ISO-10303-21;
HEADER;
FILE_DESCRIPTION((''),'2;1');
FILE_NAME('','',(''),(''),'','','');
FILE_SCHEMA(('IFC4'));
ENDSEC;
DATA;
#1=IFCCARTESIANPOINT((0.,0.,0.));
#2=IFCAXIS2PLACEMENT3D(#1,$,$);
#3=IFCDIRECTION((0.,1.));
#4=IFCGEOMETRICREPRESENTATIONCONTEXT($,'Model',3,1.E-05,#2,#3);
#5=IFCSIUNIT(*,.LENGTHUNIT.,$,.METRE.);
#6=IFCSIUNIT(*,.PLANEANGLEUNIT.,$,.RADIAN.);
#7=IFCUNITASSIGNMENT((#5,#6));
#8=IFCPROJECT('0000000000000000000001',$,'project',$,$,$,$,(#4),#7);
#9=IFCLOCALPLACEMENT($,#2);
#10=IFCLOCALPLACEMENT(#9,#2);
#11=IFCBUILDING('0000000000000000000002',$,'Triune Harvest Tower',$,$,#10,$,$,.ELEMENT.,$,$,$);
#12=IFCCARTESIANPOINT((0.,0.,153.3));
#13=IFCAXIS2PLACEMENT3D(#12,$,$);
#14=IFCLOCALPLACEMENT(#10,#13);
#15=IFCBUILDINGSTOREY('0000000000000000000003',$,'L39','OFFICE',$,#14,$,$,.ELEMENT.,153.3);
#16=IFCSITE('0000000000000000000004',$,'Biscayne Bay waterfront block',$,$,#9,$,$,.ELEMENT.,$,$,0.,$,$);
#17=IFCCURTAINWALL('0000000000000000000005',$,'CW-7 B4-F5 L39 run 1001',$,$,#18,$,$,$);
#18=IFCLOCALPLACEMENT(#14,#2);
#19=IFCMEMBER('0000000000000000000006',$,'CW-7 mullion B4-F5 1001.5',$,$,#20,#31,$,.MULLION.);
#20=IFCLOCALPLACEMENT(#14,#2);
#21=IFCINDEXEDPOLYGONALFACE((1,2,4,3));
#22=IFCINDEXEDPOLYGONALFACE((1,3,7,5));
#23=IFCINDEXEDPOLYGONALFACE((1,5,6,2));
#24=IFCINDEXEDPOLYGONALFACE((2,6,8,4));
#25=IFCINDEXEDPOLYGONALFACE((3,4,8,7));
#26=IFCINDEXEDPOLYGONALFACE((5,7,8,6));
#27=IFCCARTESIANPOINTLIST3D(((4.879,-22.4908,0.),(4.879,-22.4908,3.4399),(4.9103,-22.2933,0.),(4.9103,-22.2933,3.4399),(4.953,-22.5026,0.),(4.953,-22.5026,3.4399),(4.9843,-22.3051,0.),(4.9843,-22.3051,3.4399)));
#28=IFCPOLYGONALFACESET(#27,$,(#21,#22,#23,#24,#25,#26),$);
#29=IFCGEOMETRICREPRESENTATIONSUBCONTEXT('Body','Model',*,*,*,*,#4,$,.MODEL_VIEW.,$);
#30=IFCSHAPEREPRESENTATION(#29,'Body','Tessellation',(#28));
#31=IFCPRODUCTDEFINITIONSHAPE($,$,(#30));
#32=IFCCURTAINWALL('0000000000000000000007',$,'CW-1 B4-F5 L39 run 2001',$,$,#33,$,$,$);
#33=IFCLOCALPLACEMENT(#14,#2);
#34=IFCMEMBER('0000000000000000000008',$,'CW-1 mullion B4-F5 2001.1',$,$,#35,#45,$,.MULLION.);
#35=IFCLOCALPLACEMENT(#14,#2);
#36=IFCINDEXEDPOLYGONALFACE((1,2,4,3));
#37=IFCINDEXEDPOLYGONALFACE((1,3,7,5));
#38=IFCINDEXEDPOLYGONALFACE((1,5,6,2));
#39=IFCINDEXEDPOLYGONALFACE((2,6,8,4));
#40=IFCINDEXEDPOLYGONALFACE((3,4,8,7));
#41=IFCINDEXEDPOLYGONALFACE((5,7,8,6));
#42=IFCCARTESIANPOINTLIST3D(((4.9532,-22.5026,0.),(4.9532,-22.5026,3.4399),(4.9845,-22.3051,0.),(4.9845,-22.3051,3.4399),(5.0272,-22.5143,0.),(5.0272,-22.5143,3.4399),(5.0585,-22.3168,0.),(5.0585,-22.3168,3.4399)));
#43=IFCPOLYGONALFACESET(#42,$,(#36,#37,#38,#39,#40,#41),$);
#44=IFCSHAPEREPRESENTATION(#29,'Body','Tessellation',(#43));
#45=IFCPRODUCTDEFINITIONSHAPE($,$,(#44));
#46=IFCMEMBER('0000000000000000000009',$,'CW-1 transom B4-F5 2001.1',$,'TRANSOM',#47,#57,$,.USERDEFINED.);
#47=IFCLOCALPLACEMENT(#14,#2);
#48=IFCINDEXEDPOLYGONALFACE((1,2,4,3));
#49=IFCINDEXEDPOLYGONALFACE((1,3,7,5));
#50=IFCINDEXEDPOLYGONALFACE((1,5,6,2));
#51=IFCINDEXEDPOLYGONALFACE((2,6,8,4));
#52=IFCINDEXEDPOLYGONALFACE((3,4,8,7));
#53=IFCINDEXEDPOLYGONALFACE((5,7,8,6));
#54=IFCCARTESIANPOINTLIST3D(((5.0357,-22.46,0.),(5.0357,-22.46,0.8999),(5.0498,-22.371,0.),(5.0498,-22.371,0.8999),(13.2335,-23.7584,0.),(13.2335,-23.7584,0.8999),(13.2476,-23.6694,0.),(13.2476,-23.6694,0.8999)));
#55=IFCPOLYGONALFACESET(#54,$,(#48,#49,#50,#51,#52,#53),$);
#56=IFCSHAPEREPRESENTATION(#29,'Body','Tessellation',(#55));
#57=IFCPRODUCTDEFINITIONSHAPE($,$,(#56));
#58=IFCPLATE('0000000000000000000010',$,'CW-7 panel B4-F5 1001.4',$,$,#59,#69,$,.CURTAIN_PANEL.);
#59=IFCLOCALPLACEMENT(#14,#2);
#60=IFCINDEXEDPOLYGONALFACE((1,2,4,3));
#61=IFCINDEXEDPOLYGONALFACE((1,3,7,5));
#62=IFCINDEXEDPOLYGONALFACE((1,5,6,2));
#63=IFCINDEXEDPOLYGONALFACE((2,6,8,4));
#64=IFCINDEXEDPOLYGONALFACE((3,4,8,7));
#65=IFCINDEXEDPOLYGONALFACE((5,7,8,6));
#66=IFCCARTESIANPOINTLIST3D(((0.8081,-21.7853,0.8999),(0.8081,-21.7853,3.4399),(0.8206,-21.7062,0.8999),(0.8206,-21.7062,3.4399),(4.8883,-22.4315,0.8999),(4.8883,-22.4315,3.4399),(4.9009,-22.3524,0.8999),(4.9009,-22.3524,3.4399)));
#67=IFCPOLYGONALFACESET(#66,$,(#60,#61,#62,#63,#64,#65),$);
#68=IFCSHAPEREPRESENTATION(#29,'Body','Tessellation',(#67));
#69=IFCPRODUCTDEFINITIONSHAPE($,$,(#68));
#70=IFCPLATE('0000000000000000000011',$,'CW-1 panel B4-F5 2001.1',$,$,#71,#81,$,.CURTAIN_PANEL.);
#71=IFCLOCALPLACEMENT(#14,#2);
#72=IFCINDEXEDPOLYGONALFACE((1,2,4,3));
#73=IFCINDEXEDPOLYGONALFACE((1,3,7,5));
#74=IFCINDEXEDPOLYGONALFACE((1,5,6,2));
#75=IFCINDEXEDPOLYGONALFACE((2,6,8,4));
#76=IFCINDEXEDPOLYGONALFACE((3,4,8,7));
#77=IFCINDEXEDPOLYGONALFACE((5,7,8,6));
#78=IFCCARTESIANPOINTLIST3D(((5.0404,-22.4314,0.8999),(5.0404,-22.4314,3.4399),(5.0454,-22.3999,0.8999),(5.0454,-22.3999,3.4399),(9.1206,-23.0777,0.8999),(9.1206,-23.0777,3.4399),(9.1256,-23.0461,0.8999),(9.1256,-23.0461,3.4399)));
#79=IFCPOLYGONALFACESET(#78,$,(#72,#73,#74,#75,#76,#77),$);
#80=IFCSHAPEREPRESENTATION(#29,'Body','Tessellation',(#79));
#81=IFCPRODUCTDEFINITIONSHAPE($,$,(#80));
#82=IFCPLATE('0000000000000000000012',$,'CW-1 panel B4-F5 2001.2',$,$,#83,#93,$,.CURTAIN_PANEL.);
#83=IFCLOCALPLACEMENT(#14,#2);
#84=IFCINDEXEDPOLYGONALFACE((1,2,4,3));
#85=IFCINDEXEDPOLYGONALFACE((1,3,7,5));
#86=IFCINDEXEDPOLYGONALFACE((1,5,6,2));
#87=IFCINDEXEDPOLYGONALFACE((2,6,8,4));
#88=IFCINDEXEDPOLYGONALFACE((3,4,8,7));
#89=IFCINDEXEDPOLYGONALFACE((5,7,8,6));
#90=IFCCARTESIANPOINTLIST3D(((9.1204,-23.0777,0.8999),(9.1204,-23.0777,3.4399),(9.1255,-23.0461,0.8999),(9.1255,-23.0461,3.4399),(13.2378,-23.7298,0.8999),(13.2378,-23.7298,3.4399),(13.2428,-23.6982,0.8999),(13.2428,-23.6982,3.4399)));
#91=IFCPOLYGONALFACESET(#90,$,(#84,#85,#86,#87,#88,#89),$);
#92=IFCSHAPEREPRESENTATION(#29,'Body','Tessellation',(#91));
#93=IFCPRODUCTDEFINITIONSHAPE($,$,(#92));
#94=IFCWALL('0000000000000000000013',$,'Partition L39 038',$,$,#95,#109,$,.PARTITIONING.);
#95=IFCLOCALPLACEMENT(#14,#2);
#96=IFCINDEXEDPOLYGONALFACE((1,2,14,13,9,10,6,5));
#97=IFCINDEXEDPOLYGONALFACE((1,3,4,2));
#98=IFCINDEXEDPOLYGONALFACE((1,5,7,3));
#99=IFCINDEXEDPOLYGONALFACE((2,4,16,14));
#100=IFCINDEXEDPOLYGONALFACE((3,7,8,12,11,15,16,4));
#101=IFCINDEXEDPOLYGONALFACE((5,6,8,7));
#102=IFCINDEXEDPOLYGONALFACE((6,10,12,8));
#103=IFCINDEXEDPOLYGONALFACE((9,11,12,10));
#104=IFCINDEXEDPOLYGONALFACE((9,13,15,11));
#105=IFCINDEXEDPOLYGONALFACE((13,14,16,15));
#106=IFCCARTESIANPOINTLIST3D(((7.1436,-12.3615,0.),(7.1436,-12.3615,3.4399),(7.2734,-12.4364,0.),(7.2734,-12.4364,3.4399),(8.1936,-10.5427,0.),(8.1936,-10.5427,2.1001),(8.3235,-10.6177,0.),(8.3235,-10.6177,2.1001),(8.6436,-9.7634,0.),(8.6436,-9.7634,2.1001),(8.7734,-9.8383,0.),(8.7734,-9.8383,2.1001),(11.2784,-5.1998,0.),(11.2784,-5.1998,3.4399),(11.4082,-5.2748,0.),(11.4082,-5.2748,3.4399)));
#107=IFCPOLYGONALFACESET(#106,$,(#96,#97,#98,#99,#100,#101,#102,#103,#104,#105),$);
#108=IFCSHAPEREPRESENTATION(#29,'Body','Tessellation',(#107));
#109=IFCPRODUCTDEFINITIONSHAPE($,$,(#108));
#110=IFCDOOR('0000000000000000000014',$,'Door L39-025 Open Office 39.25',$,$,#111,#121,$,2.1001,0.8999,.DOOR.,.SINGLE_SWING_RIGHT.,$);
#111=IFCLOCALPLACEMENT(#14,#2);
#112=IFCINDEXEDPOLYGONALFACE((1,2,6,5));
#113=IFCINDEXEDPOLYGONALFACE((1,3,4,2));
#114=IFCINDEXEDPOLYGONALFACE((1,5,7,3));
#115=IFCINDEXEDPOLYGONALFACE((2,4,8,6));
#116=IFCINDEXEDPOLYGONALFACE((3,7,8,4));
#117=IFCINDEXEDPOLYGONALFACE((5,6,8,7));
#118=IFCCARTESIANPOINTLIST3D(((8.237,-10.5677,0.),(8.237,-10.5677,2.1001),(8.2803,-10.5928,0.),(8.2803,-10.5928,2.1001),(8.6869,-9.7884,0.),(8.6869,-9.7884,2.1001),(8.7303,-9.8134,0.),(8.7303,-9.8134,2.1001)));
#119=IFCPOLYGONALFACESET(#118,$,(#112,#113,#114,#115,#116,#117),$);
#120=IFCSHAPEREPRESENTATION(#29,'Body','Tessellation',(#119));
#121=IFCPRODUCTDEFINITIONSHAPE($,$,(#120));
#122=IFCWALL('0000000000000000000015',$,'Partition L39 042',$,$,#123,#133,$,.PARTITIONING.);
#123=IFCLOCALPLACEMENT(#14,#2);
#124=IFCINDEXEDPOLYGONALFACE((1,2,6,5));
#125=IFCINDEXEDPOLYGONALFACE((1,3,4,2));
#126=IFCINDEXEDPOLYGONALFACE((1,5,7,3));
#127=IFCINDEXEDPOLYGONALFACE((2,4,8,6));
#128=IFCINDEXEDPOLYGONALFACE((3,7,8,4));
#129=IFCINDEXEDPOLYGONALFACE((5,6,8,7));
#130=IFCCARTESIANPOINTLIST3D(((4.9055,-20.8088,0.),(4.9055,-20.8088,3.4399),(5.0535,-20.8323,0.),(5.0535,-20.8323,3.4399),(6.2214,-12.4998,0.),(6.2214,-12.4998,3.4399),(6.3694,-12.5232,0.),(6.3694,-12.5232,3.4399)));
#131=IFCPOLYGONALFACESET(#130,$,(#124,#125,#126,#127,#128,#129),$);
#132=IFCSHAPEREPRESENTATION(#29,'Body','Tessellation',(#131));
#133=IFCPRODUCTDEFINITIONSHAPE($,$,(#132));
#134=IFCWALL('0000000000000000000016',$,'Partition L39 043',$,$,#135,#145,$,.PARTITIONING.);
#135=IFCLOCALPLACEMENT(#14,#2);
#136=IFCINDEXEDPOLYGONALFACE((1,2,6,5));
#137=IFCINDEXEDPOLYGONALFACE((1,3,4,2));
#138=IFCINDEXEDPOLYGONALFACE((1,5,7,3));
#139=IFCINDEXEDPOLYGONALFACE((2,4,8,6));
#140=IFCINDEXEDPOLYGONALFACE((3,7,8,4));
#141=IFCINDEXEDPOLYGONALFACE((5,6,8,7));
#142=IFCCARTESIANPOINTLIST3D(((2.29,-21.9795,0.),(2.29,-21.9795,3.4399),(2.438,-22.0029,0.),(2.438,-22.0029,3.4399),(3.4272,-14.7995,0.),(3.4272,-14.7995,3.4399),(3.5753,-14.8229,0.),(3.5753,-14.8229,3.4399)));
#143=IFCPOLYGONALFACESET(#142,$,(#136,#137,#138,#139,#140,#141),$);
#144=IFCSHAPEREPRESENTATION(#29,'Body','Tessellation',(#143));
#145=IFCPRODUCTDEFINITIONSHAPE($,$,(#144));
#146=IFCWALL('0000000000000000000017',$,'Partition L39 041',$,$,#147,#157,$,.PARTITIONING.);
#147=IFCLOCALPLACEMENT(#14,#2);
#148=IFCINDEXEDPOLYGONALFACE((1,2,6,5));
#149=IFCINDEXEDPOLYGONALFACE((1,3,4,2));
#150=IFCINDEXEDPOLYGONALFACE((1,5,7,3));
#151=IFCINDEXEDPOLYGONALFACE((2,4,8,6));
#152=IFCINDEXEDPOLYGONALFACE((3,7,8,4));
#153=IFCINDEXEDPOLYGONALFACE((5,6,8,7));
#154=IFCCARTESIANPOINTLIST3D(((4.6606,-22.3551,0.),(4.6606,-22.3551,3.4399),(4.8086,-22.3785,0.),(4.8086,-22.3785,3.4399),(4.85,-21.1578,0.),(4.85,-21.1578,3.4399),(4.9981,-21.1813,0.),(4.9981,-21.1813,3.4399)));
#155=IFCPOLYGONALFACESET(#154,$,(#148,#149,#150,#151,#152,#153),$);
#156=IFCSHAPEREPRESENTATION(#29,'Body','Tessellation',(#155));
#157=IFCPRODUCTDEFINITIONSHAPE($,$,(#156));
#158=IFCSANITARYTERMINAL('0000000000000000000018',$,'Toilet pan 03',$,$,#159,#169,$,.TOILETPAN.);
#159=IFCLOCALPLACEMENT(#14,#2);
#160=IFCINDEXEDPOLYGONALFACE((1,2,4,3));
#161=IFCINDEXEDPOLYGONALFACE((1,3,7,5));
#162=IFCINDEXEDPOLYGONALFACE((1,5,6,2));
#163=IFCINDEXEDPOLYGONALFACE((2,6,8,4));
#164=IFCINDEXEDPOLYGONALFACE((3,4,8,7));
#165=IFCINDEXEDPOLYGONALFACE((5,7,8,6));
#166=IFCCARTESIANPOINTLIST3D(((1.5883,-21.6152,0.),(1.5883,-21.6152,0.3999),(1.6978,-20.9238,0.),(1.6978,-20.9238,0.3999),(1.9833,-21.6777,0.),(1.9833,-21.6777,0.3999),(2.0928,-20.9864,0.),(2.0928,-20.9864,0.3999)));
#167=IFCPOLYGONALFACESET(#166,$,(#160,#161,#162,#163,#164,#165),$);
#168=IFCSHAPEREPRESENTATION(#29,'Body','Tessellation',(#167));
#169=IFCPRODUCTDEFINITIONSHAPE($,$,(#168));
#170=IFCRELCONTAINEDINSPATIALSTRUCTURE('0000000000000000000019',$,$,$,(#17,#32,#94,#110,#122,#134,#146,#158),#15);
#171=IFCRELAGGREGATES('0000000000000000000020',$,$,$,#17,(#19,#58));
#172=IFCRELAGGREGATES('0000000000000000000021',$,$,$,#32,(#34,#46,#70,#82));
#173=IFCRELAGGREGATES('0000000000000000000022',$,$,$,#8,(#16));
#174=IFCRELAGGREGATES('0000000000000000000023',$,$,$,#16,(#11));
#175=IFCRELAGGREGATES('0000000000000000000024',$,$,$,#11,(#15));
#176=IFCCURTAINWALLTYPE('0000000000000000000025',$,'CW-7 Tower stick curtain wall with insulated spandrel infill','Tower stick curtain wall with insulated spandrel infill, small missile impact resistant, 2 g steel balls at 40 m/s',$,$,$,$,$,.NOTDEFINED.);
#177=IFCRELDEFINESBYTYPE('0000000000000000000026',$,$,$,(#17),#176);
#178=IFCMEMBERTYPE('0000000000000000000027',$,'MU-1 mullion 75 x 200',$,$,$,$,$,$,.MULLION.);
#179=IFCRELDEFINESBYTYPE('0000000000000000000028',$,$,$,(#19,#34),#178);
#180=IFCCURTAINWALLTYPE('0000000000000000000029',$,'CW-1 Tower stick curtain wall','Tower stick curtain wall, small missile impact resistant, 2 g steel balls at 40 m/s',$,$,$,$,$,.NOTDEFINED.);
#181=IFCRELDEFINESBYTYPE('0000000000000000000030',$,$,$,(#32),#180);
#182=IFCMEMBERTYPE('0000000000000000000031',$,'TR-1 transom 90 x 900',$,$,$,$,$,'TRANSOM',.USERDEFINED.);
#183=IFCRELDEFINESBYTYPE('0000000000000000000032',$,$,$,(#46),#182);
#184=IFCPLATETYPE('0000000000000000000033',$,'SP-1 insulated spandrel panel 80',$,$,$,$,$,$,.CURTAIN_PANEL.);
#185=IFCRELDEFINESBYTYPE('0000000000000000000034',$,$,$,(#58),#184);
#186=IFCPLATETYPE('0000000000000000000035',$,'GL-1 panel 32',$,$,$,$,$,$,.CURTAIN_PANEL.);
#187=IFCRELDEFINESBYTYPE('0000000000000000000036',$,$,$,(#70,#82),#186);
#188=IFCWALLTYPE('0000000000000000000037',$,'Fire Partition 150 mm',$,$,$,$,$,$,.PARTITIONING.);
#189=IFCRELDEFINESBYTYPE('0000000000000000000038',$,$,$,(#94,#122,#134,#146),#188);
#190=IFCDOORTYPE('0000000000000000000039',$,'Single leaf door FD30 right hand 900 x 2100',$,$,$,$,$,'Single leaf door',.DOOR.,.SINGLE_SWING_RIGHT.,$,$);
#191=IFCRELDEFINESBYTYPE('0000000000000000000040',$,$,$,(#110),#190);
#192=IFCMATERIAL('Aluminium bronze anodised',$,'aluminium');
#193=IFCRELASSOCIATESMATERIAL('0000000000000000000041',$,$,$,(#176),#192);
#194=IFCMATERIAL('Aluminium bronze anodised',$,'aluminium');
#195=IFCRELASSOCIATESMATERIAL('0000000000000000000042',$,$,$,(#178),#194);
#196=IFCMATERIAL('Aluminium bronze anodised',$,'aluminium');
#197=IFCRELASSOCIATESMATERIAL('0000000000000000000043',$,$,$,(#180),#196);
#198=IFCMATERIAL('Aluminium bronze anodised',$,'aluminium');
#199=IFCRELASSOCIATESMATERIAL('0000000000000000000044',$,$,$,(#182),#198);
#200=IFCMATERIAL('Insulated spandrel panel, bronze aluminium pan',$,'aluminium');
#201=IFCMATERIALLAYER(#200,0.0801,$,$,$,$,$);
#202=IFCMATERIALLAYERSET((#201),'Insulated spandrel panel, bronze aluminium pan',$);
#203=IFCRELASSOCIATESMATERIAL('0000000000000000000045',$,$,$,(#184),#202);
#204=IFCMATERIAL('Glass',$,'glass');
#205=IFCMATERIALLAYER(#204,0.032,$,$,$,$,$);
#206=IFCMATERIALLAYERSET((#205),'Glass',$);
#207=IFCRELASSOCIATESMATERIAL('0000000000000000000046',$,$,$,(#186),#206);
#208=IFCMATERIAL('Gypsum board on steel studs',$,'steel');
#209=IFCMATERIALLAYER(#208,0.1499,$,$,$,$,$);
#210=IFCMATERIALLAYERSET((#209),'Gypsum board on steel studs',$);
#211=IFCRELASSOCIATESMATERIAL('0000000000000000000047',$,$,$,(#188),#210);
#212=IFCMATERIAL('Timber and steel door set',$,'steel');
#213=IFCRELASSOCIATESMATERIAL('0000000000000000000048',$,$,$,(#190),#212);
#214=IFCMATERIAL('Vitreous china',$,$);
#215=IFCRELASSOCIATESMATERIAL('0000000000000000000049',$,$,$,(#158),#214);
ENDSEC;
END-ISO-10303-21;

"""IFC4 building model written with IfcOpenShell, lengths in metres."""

from ifc_helpers import new_model, si_unit, direction, frame, frame_2d, origin, origin_2d, place, context, subcontext, project, spatial, rectangle, extrude, source, transform, mapped, material, layer, layer_set, material_profile, profile_set, type_object, element, fill, aggregate, save


model = new_model("IFC4")

# Units and contexts
model_context = context("Model", 3, precision=1e-05, world=origin(), true_north=direction((0.0, 1.0)))
body_context = subcontext(model_context, "Body", "Model", "MODEL_VIEW")
ifc_project = project(units=[si_unit("LENGTHUNIT", "METRE"), si_unit("PLANEANGLEUNIT", "RADIAN")], contexts=[model_context])

# Site, building, storey
site_placement = place(None, origin())
site = spatial("IfcSite", under=ifc_project, at=site_placement, Name="Biscayne Bay waterfront block", CompositionType="ELEMENT", RefElevation=0.0)
building_placement = place(site_placement, origin())
building = spatial("IfcBuilding", under=site, at=building_placement, Name="Triune Harvest Tower", CompositionType="ELEMENT")
storey_placement = place(building_placement, frame((0.0, 0.0, 153.3)))
storey = spatial("IfcBuildingStorey", under=building, at=storey_placement, Name="L39", Description="OFFICE", CompositionType="ELEMENT", Elevation=153.3)

# Curtain wall, member
ifc_material_1 = material(Name="Aluminium bronze anodised", Category="aluminium")
curtain_wall_type_1 = type_object("IfcCurtainWallType", Name="CW-7 Tower stick curtain wall with insulated spandrel infill", Description="Tower stick curtain wall with insulated spandrel infill, small missile impact resistant, 2 g steel balls at 40 m/s", PredefinedType="NOTDEFINED", material=ifc_material_1)
curtain_wall_1_placement = place(storey_placement, origin())
curtain_wall_1 = element("IfcCurtainWall", 1, at=curtain_wall_1_placement, inside=storey, type_object=curtain_wall_type_1, Name="CW-7 B4-F5 L39 run 1001")
ifc_material_2 = material(Name="Aluminium bronze anodised", Category="aluminium")
ifc_material_profile_1 = material_profile(ifc_material_2, rectangle(XDim=0.2, YDim=0.075, at=origin_2d()), Name="MU-1 mullion 75 x 200")
ifc_profile_set_1 = profile_set([ifc_material_profile_1], Name="Aluminium bronze anodised")
member_type_1 = type_object("IfcMemberType", Name="MU-1 mullion 75 x 200", PredefinedType="MULLION", material=ifc_profile_set_1)
shared_shape_1 = source(origin(), body_context, "Body", "SweptSolid", [
    extrude(rectangle(XDim=0.2, YDim=0.075, at=origin_2d()), origin(), (0.0, 0.0, 1.0), 3.4399),
])
member_1_placement = place(storey_placement, frame((4.9316, -22.3979, 0.0), z_axis=(0.0, 0.0, 1.0), x_axis=(0.156438, 0.987688, 0.0)))
member_1 = element("IfcMember", 2, at=member_1_placement, type_object=member_type_1, Name="CW-7 mullion B4-F5 1001.5", PredefinedType="MULLION", context=body_context, shape_type="MappedRepresentation", body=[
    mapped(shared_shape_1, transform((0.0, 0.0, 0.0), scale=1.0)),
])

# Curtain wall, members
ifc_material_3 = material(Name="Aluminium bronze anodised", Category="aluminium")
curtain_wall_type_2 = type_object("IfcCurtainWallType", Name="CW-1 Tower stick curtain wall", Description="Tower stick curtain wall, small missile impact resistant, 2 g steel balls at 40 m/s", PredefinedType="NOTDEFINED", material=ifc_material_3)
curtain_wall_2_placement = place(storey_placement, origin())
curtain_wall_2 = element("IfcCurtainWall", 3, at=curtain_wall_2_placement, inside=storey, type_object=curtain_wall_type_2, Name="CW-1 B4-F5 L39 run 2001")
member_2_placement = place(storey_placement, frame((5.0059, -22.4097, 0.0), z_axis=(0.0, 0.0, 1.0), x_axis=(0.156433, 0.987689, 0.0)))
member_2 = element("IfcMember", 4, at=member_2_placement, type_object=member_type_1, Name="CW-1 mullion B4-F5 2001.1", PredefinedType="MULLION", context=body_context, shape_type="MappedRepresentation", body=[
    mapped(shared_shape_1, transform((0.0, 0.0, 0.0), scale=1.0)),
])
ifc_material_4 = material(Name="Aluminium bronze anodised", Category="aluminium")
ifc_material_profile_2 = material_profile(ifc_material_4, rectangle(XDim=0.0901, YDim=0.8999, at=origin_2d()), Name="TR-1 transom 90 x 900")
ifc_profile_set_2 = profile_set([ifc_material_profile_2], Name="Aluminium bronze anodised")
member_type_2 = type_object("IfcMemberType", Name="TR-1 transom 90 x 900", ElementType="TRANSOM", PredefinedType="USERDEFINED", material=ifc_profile_set_2)
shared_shape_2 = source(origin(), body_context, "Body", "SweptSolid", [
    extrude(rectangle(XDim=0.0901, YDim=0.8999, at=origin_2d()), origin(), (0.0, 0.0, 1.0), 8.3),
])
member_3_placement = place(storey_placement, frame((5.0427, -22.4155, 0.45), z_axis=(0.987689, -0.156428, 0.0), x_axis=(0.156428, 0.987689, 0.0)))
member_3 = element("IfcMember", 5, at=member_3_placement, type_object=member_type_2, Name="CW-1 transom B4-F5 2001.1", ObjectType="TRANSOM", PredefinedType="USERDEFINED", context=body_context, shape_type="MappedRepresentation", body=[
    mapped(shared_shape_2, transform((0.0, 0.0, 0.0), scale=1.0)),
])

# Plates
ifc_material_5 = material(Name="Insulated spandrel panel, bronze aluminium pan", Category="aluminium")
ifc_layer_1 = layer(ifc_material_5, 0.0801)
ifc_layer_set_1 = layer_set([ifc_layer_1], Name="Insulated spandrel panel, bronze aluminium pan")
plate_type_1 = type_object("IfcPlateType", Name="SP-1 insulated spandrel panel 80", PredefinedType="CURTAIN_PANEL", material=ifc_layer_set_1)
shared_shape_3 = source(origin(), body_context, "Body", "SweptSolid", [
    extrude(rectangle(XDim=4.1311, YDim=0.0801, at=origin_2d()), origin(), (0.0, 0.0, 1.0), 2.54),
])
plate_1_placement = place(storey_placement, frame((2.8545, -22.0688, 0.8999), z_axis=(0.0, 0.0, 1.0), x_axis=(0.987688, -0.156438, 0.0)))
plate_1 = element("IfcPlate", 6, at=plate_1_placement, type_object=plate_type_1, Name="CW-7 panel B4-F5 1001.4", PredefinedType="CURTAIN_PANEL", context=body_context, shape_type="MappedRepresentation", body=[
    mapped(shared_shape_3, transform((0.0, 0.0, 0.0), scale=1.0)),
])
aggregate(curtain_wall_1, [member_1, plate_1])
ifc_material_6 = material(Name="Glass", Category="glass")
ifc_layer_2 = layer(ifc_material_6, 0.032)
ifc_layer_set_2 = layer_set([ifc_layer_2], Name="Glass")
plate_type_2 = type_object("IfcPlateType", Name="GL-1 panel 32", PredefinedType="CURTAIN_PANEL", material=ifc_layer_set_2)
shared_shape_4 = source(origin(), body_context, "Body", "SweptSolid", [
    extrude(rectangle(XDim=4.1311, YDim=0.032, at=origin_2d()), origin(), (0.0, 0.0, 1.0), 2.54),
])
plate_2_placement = place(storey_placement, frame((7.083, -22.7388, 0.8999), z_axis=(0.0, 0.0, 1.0), x_axis=(0.987689, -0.156433, 0.0)))
plate_2 = element("IfcPlate", 7, at=plate_2_placement, type_object=plate_type_2, Name="CW-1 panel B4-F5 2001.1", PredefinedType="CURTAIN_PANEL", context=body_context, shape_type="MappedRepresentation", body=[
    mapped(shared_shape_4, transform((0.0, 0.0, 0.0), scale=1.0)),
])
shared_shape_5 = source(origin(), body_context, "Body", "SweptSolid", [
    extrude(rectangle(XDim=4.1687, YDim=0.032, at=origin_2d()), origin(), (0.0, 0.0, 1.0), 2.54),
])
plate_3_placement = place(storey_placement, frame((11.1816, -23.3879, 0.8999), z_axis=(0.0, 0.0, 1.0), x_axis=(0.987689, -0.156433, 0.0)))
plate_3 = element("IfcPlate", 8, at=plate_3_placement, type_object=plate_type_2, Name="CW-1 panel B4-F5 2001.2", PredefinedType="CURTAIN_PANEL", context=body_context, shape_type="MappedRepresentation", body=[
    mapped(shared_shape_5, transform((0.0, 0.0, 0.0), scale=1.0)),
])
aggregate(curtain_wall_2, [member_2, member_3, plate_2, plate_3])

# Wall, opening, door
ifc_material_7 = material(Name="Gypsum board on steel studs", Category="steel")
ifc_layer_3 = layer(ifc_material_7, 0.1499)
ifc_layer_set_3 = layer_set([ifc_layer_3], Name="Gypsum board on steel studs")
wall_type = type_object("IfcWallType", Name="Fire Partition 150 mm", PredefinedType="PARTITIONING", material=ifc_layer_set_3)
wall_1_placement = place(storey_placement, frame((7.2085, -12.3989, 0.0), z_axis=(0.0, 0.0, 1.0), x_axis=(0.5, 0.866025, 0.0)))
wall_1 = element("IfcWall", 9, at=wall_1_placement, inside=storey, type_object=wall_type, Name="Partition L39 038", PredefinedType="PARTITIONING", context=body_context, shape_type="SweptSolid", body=[
    extrude(rectangle(XDim=8.2695, YDim=0.1499, at=frame_2d((4.1348, 0.0))), origin(), (0.0, 0.0, 1.0), 3.4399),
])
opening_placement = place(wall_1_placement, frame((2.1001, 0.0, 0.0)))
opening = element("IfcOpeningElement", 10, at=opening_placement, cuts=wall_1, PredefinedType="OPENING", context=body_context, shape_type="SweptSolid", body=[
    extrude(rectangle(XDim=0.8999, YDim=2.1001, at=frame_2d((0.45, 1.05))), frame((0.0, 0.085, 0.0), z_axis=(0.0, -1.0, 0.0), x_axis=(1.0, 0.0, 0.0)), (0.0, 0.0, 1.0), 0.1699),
])
ifc_material_8 = material(Name="Timber and steel door set", Category="steel")
door_type = type_object("IfcDoorType", Name="Single leaf door FD30 right hand 900 x 2100", ElementType="Single leaf door", OperationType="SINGLE_SWING_RIGHT", PredefinedType="DOOR", material=ifc_material_8)
door_placement = place(opening_placement, origin())
door = element("IfcDoor", 11, at=door_placement, inside=storey, type_object=door_type, Name="Door L39-025 Open Office 39.25", OperationType="SINGLE_SWING_RIGHT", OverallHeight=2.1001, OverallWidth=0.8999, PredefinedType="DOOR", context=body_context, shape_type="SweptSolid", body=[
    extrude(rectangle(XDim=0.8999, YDim=2.1001, at=frame_2d((0.45, 1.05))), frame((0.0, 0.0249, 0.0), z_axis=(0.0, -1.0, 0.0), x_axis=(1.0, 0.0, 0.0)), (0.0, 0.0, 1.0), 0.05),
])
fill(opening, door)

# Walls
wall_2_placement = place(storey_placement, frame((4.9795, -20.8206, 0.0), z_axis=(0.0, 0.0, 1.0), x_axis=(0.156422, 0.98769, 0.0)))
element("IfcWall", 12, at=wall_2_placement, inside=storey, type_object=wall_type, Name="Partition L39 042", PredefinedType="PARTITIONING", context=body_context, shape_type="SweptSolid", body=[
    extrude(rectangle(XDim=8.4126, YDim=0.1499, at=frame_2d((4.2063, 0.0))), origin(), (0.0, 0.0, 1.0), 3.4399),
])
wall_3_placement = place(storey_placement, frame((2.364, -21.9912, 0.0), z_axis=(0.0, 0.0, 1.0), x_axis=(0.156437, 0.987688, 0.0)))
element("IfcWall", 13, at=wall_3_placement, inside=storey, type_object=wall_type, Name="Partition L39 043", PredefinedType="PARTITIONING", context=body_context, shape_type="SweptSolid", body=[
    extrude(rectangle(XDim=7.2695, YDim=0.1499, at=frame_2d((3.6348, 0.0))), origin(), (0.0, 0.0, 1.0), 3.4399),
])
shared_shape_6 = source(origin(), body_context, "Body", "SweptSolid", [
    extrude(rectangle(XDim=1.2122, YDim=0.1499, at=frame_2d((0.606, 0.0))), origin(), (0.0, 0.0, 1.0), 3.4399),
])
wall_4_placement = place(storey_placement, frame((4.7346, -22.3667, 0.0), z_axis=(0.0, 0.0, 1.0), x_axis=(0.156294, 0.987711, 0.0)))
element("IfcWall", 14, at=wall_4_placement, inside=storey, type_object=wall_type, Name="Partition L39 041", PredefinedType="PARTITIONING", context=body_context, shape_type="MappedRepresentation", body=[
    mapped(shared_shape_6, transform((0.0, 0.0, 0.0), scale=1.0)),
])

# Sanitary terminal
ifc_material_9 = material(Name="Vitreous china")
shared_shape_7 = source(origin(), body_context, "Body", "SweptSolid", [
    extrude(rectangle(XDim=0.3999, YDim=0.7, at=origin_2d()), origin(), (0.0, 0.0, 1.0), 0.3999),
])
for number, where, z_axis, x_axis, name in (
    (15, (1.8406, -21.3008, 0.0), (0.0, 0.0, 1.0), (-0.987688, 0.156434, 0.0), "Toilet pan 03"),
):
    element("IfcSanitaryTerminal", number, at=place(storey_placement, frame(where, z_axis=z_axis, x_axis=x_axis)), inside=storey, material=ifc_material_9, Name=name, PredefinedType="TOILETPAN", context=body_context, shape_type="MappedRepresentation", body=[
        mapped(shared_shape_7, transform((0.0, 0.0, 0.0), scale=1.0)),
    ])

save(model, "model.ifc")
